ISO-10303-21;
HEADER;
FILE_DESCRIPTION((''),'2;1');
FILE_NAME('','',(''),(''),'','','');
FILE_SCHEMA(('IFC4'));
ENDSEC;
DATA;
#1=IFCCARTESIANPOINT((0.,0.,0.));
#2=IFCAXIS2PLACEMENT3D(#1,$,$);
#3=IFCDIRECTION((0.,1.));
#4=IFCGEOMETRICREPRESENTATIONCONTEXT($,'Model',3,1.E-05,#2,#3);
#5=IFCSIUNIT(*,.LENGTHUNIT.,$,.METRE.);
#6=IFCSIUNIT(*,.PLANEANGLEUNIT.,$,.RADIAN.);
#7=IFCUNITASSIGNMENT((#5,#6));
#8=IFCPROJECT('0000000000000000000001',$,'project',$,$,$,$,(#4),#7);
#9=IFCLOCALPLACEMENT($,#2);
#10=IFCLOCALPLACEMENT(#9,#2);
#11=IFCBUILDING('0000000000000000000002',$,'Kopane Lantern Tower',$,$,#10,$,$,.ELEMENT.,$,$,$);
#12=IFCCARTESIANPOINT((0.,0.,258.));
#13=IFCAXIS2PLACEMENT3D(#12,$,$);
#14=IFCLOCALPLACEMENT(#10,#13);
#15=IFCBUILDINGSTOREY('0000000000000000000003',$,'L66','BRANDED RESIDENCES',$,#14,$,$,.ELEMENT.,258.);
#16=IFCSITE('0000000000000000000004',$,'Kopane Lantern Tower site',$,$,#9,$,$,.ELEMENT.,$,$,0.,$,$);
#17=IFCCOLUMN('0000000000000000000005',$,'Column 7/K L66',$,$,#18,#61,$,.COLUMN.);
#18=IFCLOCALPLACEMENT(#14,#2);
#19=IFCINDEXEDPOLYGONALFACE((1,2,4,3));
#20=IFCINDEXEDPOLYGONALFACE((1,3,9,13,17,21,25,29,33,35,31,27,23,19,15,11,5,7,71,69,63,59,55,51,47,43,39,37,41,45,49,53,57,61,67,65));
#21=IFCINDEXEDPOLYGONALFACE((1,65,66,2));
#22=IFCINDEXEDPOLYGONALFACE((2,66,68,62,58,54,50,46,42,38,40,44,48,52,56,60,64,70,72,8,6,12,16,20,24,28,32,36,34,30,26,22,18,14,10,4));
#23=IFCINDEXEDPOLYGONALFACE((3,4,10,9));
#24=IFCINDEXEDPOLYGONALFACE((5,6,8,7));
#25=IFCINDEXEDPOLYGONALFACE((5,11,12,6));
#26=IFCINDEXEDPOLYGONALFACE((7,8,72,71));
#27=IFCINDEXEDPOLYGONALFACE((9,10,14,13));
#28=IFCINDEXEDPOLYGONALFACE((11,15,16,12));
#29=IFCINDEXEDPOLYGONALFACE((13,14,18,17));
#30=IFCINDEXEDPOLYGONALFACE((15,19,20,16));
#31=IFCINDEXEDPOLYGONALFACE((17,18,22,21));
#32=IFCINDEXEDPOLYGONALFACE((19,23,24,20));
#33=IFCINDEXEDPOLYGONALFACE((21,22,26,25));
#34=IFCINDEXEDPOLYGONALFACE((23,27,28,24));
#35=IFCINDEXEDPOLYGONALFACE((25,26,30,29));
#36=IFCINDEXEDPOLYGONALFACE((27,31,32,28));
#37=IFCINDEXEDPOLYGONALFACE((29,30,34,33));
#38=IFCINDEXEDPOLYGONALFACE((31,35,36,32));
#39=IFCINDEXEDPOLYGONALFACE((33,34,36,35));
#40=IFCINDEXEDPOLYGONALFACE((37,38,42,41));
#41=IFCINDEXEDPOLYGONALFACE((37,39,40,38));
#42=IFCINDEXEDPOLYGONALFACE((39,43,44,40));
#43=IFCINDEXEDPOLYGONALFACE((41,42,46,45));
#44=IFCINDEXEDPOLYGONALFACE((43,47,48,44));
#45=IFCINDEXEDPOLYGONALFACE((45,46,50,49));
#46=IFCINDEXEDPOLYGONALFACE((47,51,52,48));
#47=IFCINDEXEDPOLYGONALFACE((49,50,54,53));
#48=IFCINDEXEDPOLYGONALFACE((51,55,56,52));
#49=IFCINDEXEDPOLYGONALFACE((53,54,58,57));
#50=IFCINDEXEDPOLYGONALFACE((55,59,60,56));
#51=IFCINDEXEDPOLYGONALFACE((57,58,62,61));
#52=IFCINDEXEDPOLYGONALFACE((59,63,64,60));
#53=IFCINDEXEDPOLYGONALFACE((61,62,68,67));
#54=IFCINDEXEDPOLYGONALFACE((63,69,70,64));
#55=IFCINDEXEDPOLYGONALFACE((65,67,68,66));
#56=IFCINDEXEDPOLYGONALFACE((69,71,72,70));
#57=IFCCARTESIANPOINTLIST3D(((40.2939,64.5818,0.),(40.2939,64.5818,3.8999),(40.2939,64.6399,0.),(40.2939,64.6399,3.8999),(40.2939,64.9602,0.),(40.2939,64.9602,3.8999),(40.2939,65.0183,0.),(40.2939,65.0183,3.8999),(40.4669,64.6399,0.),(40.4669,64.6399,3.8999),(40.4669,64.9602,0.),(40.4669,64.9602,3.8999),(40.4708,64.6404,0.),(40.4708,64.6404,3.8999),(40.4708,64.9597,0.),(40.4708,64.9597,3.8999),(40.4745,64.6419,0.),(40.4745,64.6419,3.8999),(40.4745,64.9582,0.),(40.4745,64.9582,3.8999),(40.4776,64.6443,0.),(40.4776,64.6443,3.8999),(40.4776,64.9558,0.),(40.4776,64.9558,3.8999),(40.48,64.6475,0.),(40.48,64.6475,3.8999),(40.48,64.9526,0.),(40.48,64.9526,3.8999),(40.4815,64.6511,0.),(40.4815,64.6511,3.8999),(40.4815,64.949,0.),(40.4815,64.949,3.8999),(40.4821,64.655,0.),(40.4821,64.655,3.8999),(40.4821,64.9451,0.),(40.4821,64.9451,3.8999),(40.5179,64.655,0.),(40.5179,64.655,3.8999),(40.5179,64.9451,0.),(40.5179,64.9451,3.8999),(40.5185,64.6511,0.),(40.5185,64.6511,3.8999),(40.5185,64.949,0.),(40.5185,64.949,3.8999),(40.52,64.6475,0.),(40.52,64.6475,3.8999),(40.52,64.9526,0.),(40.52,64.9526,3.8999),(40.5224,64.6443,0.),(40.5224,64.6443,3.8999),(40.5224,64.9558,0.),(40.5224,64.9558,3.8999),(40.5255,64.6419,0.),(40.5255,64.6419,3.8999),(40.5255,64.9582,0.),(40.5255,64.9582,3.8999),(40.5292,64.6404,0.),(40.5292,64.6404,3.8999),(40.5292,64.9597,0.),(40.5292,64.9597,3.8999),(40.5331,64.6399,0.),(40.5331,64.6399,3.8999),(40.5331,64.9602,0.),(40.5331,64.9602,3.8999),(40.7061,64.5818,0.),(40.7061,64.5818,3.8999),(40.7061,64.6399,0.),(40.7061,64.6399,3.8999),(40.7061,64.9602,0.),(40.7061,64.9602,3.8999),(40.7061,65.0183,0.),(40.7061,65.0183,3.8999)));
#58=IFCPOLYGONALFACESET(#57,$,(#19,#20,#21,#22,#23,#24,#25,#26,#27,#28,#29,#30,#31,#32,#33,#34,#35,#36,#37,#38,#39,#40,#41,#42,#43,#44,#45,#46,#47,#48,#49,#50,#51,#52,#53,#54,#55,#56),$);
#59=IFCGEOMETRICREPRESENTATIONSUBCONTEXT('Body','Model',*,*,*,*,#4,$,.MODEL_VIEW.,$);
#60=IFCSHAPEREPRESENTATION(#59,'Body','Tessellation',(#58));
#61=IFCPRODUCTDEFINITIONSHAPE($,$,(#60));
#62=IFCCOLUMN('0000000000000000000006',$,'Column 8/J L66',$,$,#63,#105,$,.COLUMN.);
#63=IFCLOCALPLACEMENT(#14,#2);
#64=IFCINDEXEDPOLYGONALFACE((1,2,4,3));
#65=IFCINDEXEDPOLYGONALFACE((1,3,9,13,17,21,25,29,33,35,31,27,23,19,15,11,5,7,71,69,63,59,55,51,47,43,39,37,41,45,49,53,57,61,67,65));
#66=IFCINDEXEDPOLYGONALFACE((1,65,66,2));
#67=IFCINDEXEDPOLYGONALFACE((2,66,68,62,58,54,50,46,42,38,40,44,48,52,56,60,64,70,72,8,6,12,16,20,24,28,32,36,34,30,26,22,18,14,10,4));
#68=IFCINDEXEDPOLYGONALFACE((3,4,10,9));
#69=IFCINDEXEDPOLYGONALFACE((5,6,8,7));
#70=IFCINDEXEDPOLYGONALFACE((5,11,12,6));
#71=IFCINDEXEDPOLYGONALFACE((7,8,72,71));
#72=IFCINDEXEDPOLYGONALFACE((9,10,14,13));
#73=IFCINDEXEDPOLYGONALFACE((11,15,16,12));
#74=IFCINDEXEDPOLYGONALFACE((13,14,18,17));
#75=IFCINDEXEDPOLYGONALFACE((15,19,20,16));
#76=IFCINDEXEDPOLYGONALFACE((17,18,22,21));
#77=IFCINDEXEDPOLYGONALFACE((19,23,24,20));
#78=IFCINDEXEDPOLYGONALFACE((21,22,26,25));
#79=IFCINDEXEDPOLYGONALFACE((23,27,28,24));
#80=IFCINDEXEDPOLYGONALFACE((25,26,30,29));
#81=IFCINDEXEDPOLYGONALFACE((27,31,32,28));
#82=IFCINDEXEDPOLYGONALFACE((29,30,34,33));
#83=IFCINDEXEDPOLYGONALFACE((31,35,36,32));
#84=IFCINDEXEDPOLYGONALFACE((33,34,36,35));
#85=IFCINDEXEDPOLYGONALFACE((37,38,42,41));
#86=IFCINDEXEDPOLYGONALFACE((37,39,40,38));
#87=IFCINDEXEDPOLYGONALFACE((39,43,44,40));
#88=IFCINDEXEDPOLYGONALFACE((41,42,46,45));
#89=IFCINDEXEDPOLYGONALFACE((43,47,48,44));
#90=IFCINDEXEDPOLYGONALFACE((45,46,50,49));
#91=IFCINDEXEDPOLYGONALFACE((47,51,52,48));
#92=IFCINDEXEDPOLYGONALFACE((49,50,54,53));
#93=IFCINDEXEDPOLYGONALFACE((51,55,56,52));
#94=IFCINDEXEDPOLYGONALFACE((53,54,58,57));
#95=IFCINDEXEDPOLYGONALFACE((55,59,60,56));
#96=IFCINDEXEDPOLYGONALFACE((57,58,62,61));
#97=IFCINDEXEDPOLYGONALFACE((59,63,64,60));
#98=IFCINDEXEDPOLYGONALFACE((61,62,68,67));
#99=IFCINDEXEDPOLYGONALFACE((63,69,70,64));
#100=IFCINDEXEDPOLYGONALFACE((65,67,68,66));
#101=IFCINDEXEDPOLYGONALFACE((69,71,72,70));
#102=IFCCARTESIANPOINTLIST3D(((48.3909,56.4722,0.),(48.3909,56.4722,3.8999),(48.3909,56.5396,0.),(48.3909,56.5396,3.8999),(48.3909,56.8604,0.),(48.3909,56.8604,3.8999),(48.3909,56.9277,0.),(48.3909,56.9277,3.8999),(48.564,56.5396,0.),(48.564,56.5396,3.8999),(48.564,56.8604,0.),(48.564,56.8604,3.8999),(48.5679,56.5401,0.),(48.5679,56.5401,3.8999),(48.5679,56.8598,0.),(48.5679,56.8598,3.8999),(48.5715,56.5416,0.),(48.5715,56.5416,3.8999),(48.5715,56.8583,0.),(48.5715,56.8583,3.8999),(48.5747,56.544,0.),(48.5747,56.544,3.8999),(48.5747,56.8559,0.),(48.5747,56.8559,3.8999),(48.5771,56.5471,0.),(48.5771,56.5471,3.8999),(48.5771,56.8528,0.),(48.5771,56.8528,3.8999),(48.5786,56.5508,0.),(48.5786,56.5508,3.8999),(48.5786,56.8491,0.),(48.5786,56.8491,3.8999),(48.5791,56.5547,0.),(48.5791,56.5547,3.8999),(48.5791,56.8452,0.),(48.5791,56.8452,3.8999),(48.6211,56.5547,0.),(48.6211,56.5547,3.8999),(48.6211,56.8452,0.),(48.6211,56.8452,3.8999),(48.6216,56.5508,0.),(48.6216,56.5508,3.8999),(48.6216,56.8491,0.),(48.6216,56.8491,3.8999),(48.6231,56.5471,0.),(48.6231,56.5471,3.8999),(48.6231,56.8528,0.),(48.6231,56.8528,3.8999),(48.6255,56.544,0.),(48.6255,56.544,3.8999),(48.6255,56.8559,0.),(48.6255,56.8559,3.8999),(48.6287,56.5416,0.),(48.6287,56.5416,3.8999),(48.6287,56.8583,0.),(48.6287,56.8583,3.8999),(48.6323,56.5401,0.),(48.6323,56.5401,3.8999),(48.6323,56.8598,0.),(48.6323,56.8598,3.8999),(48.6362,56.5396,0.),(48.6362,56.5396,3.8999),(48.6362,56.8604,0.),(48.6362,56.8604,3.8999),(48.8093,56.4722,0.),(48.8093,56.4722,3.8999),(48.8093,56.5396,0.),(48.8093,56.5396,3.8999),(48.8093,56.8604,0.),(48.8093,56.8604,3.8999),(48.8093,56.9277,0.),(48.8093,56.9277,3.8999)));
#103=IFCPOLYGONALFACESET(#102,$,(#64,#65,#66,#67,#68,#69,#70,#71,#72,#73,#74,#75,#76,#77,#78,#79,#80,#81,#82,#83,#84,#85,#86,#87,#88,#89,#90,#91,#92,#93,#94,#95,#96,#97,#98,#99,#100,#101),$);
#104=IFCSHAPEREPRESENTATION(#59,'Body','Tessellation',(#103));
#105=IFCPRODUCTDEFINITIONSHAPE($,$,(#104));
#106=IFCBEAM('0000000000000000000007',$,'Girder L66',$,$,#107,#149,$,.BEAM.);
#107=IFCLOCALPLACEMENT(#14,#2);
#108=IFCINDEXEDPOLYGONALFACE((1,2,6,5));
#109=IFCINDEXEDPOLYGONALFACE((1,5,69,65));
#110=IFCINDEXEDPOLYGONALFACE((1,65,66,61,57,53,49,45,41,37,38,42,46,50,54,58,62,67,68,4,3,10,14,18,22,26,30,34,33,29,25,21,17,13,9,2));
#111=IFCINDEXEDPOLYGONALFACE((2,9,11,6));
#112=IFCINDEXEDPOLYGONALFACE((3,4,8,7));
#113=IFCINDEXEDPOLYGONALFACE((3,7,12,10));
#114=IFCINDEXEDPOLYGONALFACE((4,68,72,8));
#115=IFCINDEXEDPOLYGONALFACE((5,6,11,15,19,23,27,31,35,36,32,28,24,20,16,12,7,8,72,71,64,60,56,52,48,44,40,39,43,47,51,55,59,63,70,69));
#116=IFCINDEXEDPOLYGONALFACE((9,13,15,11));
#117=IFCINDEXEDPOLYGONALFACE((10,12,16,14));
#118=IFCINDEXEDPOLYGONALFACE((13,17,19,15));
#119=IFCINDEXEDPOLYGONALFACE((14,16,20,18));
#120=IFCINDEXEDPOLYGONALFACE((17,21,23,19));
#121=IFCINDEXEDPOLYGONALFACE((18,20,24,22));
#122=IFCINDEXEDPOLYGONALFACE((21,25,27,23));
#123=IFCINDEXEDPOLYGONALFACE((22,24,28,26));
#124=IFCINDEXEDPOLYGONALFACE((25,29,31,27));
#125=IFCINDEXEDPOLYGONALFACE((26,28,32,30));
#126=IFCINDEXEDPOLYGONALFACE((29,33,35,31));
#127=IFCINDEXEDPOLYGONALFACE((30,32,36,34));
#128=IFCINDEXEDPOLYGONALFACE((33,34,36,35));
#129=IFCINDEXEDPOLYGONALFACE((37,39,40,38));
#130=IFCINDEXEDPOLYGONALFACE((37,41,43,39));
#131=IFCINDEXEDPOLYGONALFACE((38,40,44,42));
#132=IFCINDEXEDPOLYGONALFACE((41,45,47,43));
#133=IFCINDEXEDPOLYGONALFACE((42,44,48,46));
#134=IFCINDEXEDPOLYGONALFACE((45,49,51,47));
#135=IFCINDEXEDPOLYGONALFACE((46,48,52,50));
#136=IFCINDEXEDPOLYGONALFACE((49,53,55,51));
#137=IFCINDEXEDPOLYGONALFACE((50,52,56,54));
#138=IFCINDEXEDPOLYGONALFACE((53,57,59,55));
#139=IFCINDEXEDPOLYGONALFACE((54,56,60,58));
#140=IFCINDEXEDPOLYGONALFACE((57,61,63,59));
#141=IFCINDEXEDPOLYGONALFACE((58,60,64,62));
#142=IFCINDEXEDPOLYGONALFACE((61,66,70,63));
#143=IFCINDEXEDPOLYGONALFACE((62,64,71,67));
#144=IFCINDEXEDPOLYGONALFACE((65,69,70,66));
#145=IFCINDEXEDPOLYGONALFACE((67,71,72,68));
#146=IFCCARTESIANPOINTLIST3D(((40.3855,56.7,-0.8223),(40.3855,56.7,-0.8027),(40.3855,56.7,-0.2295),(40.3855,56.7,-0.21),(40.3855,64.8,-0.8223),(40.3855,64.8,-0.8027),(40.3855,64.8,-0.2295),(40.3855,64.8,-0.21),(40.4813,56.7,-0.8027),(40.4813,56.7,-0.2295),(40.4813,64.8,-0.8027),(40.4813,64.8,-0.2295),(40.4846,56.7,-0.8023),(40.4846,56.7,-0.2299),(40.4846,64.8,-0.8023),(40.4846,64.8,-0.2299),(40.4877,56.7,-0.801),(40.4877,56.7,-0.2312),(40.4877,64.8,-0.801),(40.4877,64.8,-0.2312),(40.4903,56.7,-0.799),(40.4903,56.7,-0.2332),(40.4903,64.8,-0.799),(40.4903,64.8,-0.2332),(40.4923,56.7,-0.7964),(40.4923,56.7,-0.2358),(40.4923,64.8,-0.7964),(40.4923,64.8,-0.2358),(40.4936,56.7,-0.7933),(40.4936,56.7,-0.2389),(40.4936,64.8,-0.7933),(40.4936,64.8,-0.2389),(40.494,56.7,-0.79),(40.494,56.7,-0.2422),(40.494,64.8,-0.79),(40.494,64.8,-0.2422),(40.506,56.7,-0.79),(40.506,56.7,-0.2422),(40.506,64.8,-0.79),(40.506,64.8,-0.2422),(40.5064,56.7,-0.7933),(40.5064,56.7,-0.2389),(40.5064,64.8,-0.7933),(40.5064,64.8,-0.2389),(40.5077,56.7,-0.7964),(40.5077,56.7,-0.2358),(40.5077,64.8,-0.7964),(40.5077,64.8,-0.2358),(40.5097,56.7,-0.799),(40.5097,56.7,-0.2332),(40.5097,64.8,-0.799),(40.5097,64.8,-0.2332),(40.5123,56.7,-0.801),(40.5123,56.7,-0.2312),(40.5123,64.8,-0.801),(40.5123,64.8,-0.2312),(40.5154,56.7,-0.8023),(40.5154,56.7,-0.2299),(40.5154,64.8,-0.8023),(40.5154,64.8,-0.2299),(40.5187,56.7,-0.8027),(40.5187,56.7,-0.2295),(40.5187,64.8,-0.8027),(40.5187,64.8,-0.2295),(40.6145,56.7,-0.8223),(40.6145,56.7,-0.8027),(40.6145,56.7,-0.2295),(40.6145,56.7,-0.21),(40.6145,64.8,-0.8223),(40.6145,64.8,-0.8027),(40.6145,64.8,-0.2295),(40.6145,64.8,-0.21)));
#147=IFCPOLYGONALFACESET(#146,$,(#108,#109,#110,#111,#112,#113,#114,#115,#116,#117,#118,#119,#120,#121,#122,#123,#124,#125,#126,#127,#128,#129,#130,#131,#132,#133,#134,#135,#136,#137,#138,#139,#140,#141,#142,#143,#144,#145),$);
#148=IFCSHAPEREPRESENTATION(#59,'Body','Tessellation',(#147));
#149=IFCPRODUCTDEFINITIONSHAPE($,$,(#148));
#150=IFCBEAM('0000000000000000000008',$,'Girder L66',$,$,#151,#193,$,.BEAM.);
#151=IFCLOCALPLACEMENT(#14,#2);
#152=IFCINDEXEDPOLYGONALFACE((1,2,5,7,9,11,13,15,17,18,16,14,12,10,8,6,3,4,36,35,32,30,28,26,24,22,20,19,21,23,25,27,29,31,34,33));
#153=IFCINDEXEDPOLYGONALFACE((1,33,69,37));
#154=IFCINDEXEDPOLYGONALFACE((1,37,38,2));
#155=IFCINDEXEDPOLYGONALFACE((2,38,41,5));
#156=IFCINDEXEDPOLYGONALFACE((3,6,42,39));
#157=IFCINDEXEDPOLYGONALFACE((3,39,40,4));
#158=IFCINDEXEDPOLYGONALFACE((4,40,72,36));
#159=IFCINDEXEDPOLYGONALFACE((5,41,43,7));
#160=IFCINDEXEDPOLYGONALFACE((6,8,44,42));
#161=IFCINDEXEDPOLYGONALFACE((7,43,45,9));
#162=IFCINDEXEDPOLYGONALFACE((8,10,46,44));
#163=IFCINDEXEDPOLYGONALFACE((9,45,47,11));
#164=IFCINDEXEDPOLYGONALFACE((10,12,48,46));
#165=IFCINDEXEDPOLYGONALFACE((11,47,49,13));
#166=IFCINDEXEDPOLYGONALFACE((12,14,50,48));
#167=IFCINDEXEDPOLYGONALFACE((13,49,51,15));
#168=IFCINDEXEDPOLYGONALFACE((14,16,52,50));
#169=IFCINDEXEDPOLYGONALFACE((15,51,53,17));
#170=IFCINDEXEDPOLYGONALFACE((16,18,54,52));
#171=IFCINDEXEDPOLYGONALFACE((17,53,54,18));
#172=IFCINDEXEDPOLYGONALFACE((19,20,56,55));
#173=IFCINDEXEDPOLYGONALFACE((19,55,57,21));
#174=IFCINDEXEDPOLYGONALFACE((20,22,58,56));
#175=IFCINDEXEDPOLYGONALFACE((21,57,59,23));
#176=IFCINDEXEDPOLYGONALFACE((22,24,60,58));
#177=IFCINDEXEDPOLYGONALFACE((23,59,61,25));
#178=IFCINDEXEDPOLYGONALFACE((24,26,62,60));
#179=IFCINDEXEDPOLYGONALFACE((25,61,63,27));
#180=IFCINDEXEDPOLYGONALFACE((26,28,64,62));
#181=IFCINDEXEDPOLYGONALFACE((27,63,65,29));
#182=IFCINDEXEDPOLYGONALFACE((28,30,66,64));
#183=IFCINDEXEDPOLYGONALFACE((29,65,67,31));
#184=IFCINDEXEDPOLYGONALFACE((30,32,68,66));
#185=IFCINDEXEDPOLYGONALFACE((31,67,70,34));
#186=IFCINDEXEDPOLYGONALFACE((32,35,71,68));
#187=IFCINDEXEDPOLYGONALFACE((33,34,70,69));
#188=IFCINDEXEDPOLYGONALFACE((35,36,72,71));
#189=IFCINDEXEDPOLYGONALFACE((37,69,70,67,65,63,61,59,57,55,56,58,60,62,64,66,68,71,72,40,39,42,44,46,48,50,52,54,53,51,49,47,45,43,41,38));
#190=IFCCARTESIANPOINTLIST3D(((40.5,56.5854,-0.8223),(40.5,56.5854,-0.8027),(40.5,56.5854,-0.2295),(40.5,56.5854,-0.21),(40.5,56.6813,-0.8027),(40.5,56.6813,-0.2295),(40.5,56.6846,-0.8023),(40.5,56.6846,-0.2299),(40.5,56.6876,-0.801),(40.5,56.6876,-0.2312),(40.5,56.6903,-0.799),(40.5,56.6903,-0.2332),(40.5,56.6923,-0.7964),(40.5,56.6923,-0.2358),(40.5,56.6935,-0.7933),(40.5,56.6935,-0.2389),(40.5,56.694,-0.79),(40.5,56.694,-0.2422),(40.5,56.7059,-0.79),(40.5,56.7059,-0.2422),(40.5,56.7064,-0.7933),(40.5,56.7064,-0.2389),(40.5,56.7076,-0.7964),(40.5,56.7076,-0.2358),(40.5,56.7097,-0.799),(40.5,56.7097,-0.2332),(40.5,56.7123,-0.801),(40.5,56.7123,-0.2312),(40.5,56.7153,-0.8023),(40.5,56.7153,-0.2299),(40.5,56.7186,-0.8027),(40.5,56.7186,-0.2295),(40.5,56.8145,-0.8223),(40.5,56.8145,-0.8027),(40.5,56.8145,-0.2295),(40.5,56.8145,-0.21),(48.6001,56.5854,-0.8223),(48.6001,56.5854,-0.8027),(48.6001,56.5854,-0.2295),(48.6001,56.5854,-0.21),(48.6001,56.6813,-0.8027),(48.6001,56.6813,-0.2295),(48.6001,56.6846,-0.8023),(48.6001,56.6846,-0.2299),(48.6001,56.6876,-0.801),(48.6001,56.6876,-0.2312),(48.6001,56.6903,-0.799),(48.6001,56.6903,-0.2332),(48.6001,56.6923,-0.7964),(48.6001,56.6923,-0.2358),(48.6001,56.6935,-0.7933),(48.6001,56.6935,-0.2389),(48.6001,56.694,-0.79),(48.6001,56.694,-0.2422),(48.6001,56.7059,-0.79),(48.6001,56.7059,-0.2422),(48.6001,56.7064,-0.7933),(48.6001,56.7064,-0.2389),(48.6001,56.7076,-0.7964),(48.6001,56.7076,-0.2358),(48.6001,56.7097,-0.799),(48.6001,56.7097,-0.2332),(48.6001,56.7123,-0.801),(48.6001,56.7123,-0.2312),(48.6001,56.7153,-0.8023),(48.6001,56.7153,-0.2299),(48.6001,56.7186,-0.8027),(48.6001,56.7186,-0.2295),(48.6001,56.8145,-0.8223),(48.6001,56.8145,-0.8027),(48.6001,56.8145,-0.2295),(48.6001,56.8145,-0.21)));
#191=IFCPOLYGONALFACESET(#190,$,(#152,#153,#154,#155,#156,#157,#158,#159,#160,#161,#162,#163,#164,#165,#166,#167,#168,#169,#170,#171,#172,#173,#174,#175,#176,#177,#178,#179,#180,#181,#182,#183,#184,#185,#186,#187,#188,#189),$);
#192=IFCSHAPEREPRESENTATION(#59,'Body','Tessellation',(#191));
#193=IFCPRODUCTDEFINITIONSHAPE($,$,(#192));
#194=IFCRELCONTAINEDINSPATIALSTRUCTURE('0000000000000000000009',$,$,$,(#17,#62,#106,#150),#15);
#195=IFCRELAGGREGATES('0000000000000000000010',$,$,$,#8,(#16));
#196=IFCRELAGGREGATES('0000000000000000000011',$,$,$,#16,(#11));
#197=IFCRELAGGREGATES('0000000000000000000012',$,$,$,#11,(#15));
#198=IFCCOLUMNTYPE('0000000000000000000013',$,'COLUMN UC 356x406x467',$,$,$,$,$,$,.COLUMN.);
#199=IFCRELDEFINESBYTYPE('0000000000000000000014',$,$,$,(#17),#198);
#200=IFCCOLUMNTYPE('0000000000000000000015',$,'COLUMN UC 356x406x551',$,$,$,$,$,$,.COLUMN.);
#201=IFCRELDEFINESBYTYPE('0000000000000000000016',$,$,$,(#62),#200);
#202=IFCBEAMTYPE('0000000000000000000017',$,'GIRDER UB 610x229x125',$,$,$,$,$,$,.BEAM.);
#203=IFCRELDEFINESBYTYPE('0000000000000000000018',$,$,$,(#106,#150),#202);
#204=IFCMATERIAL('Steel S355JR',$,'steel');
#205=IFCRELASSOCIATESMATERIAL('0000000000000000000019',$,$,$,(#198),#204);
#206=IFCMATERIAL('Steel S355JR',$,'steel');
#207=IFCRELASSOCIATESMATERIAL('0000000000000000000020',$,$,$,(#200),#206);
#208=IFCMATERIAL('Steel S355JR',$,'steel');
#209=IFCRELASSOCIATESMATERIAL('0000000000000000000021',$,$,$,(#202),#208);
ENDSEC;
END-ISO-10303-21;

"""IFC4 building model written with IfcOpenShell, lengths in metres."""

from ifc_helpers import new_model, si_unit, direction, frame, origin, origin_2d, place, context, subcontext, project, spatial, i_section, extrude, material, material_profile, profile_set, type_object, element, save


model = new_model("IFC4")

# Units and contexts
model_context = context("Model", 3, precision=1e-05, world=origin(), true_north=direction((0.0, 1.0)))
body_context = subcontext(model_context, "Body", "Model", "MODEL_VIEW")
ifc_project = project(units=[si_unit("LENGTHUNIT", "METRE"), si_unit("PLANEANGLEUNIT", "RADIAN")], contexts=[model_context])

# Site, building, storey
site_placement = place(None, origin())
site = spatial("IfcSite", under=ifc_project, at=site_placement, Name="Kopane Lantern Tower site", CompositionType="ELEMENT", RefElevation=0.0)
building_placement = place(site_placement, origin())
building = spatial("IfcBuilding", under=site, at=building_placement, Name="Kopane Lantern Tower", CompositionType="ELEMENT")
storey_placement = place(building_placement, frame((0.0, 0.0, 258.0)))
storey = spatial("IfcBuildingStorey", under=building, at=storey_placement, Name="L66", Description="BRANDED RESIDENCES", CompositionType="ELEMENT", Elevation=258.0)

# Columns
ifc_material_1 = material(Name="Steel S355JR", Category="steel")
ifc_material_profile_1 = material_profile(ifc_material_1, i_section(OverallWidth=0.4121, OverallDepth=0.4365, WebThickness=0.0359, FlangeThickness=0.0581, FilletRadius=0.0151, at=origin_2d()), Name="UC 356x406x467")
ifc_profile_set_1 = profile_set([ifc_material_profile_1], Name="Steel S355JR")
column_type_1 = type_object("IfcColumnType", Name="COLUMN UC 356x406x467", PredefinedType="COLUMN", material=ifc_profile_set_1)
column_1_placement = place(storey_placement, frame((40.5, 64.8, 0.0), z_axis=(0.0, 0.0, 1.0), x_axis=(1.0, 0.0, 0.0)))
element("IfcColumn", 1, at=column_1_placement, inside=storey, type_object=column_type_1, Name="Column 7/K L66", PredefinedType="COLUMN", context=body_context, shape_type="SweptSolid", body=[
    extrude(i_section(OverallWidth=0.4121, OverallDepth=0.4365, WebThickness=0.0359, FlangeThickness=0.0581, FilletRadius=0.0151, at=origin_2d()), origin(), (0.0, 0.0, 1.0), 3.8999),
])
ifc_material_2 = material(Name="Steel S355JR", Category="steel")
ifc_material_profile_2 = material_profile(ifc_material_2, i_section(OverallWidth=0.4185, OverallDepth=0.4556, WebThickness=0.042, FlangeThickness=0.0674, FilletRadius=0.0151, at=origin_2d()), Name="UC 356x406x551")
ifc_profile_set_2 = profile_set([ifc_material_profile_2], Name="Steel S355JR")
column_type_2 = type_object("IfcColumnType", Name="COLUMN UC 356x406x551", PredefinedType="COLUMN", material=ifc_profile_set_2)
column_2_placement = place(storey_placement, frame((48.6001, 56.7, 0.0), z_axis=(0.0, 0.0, 1.0), x_axis=(1.0, 0.0, 0.0)))
element("IfcColumn", 2, at=column_2_placement, inside=storey, type_object=column_type_2, Name="Column 8/J L66", PredefinedType="COLUMN", context=body_context, shape_type="SweptSolid", body=[
    extrude(i_section(OverallWidth=0.4185, OverallDepth=0.4556, WebThickness=0.042, FlangeThickness=0.0674, FilletRadius=0.0151, at=origin_2d()), origin(), (0.0, 0.0, 1.0), 3.8999),
])

# Beams
ifc_material_3 = material(Name="Steel S355JR", Category="steel")
ifc_material_profile_3 = material_profile(ifc_material_3, i_section(OverallWidth=0.229, OverallDepth=0.6123, WebThickness=0.012, FlangeThickness=0.0195, FilletRadius=0.0127, at=origin_2d()), Name="UB 610x229x125")
ifc_profile_set_3 = profile_set([ifc_material_profile_3], Name="Steel S355JR")
beam_type = type_object("IfcBeamType", Name="GIRDER UB 610x229x125", PredefinedType="BEAM", material=ifc_profile_set_3)
for number, where, z_axis, x_axis, name in (
    (3, (40.5, 56.7, -0.5161), (0.0, 1.0, 0.0), (-1.0, 0.0, 0.0), "Girder L66"),
    (4, (40.5, 56.7, -0.5161), (1.0, 0.0, 0.0), (0.0, 1.0, 0.0), "Girder L66"),
):
    element("IfcBeam", number, at=place(storey_placement, frame(where, z_axis=z_axis, x_axis=x_axis)), inside=storey, type_object=beam_type, Name=name, PredefinedType="BEAM", context=body_context, shape_type="SweptSolid", body=[
        extrude(i_section(OverallWidth=0.229, OverallDepth=0.6123, WebThickness=0.012, FlangeThickness=0.0195, FilletRadius=0.0127, at=origin_2d()), origin(), (0.0, 0.0, 1.0), 8.1001),
    ])

save(model, "model.ifc")
